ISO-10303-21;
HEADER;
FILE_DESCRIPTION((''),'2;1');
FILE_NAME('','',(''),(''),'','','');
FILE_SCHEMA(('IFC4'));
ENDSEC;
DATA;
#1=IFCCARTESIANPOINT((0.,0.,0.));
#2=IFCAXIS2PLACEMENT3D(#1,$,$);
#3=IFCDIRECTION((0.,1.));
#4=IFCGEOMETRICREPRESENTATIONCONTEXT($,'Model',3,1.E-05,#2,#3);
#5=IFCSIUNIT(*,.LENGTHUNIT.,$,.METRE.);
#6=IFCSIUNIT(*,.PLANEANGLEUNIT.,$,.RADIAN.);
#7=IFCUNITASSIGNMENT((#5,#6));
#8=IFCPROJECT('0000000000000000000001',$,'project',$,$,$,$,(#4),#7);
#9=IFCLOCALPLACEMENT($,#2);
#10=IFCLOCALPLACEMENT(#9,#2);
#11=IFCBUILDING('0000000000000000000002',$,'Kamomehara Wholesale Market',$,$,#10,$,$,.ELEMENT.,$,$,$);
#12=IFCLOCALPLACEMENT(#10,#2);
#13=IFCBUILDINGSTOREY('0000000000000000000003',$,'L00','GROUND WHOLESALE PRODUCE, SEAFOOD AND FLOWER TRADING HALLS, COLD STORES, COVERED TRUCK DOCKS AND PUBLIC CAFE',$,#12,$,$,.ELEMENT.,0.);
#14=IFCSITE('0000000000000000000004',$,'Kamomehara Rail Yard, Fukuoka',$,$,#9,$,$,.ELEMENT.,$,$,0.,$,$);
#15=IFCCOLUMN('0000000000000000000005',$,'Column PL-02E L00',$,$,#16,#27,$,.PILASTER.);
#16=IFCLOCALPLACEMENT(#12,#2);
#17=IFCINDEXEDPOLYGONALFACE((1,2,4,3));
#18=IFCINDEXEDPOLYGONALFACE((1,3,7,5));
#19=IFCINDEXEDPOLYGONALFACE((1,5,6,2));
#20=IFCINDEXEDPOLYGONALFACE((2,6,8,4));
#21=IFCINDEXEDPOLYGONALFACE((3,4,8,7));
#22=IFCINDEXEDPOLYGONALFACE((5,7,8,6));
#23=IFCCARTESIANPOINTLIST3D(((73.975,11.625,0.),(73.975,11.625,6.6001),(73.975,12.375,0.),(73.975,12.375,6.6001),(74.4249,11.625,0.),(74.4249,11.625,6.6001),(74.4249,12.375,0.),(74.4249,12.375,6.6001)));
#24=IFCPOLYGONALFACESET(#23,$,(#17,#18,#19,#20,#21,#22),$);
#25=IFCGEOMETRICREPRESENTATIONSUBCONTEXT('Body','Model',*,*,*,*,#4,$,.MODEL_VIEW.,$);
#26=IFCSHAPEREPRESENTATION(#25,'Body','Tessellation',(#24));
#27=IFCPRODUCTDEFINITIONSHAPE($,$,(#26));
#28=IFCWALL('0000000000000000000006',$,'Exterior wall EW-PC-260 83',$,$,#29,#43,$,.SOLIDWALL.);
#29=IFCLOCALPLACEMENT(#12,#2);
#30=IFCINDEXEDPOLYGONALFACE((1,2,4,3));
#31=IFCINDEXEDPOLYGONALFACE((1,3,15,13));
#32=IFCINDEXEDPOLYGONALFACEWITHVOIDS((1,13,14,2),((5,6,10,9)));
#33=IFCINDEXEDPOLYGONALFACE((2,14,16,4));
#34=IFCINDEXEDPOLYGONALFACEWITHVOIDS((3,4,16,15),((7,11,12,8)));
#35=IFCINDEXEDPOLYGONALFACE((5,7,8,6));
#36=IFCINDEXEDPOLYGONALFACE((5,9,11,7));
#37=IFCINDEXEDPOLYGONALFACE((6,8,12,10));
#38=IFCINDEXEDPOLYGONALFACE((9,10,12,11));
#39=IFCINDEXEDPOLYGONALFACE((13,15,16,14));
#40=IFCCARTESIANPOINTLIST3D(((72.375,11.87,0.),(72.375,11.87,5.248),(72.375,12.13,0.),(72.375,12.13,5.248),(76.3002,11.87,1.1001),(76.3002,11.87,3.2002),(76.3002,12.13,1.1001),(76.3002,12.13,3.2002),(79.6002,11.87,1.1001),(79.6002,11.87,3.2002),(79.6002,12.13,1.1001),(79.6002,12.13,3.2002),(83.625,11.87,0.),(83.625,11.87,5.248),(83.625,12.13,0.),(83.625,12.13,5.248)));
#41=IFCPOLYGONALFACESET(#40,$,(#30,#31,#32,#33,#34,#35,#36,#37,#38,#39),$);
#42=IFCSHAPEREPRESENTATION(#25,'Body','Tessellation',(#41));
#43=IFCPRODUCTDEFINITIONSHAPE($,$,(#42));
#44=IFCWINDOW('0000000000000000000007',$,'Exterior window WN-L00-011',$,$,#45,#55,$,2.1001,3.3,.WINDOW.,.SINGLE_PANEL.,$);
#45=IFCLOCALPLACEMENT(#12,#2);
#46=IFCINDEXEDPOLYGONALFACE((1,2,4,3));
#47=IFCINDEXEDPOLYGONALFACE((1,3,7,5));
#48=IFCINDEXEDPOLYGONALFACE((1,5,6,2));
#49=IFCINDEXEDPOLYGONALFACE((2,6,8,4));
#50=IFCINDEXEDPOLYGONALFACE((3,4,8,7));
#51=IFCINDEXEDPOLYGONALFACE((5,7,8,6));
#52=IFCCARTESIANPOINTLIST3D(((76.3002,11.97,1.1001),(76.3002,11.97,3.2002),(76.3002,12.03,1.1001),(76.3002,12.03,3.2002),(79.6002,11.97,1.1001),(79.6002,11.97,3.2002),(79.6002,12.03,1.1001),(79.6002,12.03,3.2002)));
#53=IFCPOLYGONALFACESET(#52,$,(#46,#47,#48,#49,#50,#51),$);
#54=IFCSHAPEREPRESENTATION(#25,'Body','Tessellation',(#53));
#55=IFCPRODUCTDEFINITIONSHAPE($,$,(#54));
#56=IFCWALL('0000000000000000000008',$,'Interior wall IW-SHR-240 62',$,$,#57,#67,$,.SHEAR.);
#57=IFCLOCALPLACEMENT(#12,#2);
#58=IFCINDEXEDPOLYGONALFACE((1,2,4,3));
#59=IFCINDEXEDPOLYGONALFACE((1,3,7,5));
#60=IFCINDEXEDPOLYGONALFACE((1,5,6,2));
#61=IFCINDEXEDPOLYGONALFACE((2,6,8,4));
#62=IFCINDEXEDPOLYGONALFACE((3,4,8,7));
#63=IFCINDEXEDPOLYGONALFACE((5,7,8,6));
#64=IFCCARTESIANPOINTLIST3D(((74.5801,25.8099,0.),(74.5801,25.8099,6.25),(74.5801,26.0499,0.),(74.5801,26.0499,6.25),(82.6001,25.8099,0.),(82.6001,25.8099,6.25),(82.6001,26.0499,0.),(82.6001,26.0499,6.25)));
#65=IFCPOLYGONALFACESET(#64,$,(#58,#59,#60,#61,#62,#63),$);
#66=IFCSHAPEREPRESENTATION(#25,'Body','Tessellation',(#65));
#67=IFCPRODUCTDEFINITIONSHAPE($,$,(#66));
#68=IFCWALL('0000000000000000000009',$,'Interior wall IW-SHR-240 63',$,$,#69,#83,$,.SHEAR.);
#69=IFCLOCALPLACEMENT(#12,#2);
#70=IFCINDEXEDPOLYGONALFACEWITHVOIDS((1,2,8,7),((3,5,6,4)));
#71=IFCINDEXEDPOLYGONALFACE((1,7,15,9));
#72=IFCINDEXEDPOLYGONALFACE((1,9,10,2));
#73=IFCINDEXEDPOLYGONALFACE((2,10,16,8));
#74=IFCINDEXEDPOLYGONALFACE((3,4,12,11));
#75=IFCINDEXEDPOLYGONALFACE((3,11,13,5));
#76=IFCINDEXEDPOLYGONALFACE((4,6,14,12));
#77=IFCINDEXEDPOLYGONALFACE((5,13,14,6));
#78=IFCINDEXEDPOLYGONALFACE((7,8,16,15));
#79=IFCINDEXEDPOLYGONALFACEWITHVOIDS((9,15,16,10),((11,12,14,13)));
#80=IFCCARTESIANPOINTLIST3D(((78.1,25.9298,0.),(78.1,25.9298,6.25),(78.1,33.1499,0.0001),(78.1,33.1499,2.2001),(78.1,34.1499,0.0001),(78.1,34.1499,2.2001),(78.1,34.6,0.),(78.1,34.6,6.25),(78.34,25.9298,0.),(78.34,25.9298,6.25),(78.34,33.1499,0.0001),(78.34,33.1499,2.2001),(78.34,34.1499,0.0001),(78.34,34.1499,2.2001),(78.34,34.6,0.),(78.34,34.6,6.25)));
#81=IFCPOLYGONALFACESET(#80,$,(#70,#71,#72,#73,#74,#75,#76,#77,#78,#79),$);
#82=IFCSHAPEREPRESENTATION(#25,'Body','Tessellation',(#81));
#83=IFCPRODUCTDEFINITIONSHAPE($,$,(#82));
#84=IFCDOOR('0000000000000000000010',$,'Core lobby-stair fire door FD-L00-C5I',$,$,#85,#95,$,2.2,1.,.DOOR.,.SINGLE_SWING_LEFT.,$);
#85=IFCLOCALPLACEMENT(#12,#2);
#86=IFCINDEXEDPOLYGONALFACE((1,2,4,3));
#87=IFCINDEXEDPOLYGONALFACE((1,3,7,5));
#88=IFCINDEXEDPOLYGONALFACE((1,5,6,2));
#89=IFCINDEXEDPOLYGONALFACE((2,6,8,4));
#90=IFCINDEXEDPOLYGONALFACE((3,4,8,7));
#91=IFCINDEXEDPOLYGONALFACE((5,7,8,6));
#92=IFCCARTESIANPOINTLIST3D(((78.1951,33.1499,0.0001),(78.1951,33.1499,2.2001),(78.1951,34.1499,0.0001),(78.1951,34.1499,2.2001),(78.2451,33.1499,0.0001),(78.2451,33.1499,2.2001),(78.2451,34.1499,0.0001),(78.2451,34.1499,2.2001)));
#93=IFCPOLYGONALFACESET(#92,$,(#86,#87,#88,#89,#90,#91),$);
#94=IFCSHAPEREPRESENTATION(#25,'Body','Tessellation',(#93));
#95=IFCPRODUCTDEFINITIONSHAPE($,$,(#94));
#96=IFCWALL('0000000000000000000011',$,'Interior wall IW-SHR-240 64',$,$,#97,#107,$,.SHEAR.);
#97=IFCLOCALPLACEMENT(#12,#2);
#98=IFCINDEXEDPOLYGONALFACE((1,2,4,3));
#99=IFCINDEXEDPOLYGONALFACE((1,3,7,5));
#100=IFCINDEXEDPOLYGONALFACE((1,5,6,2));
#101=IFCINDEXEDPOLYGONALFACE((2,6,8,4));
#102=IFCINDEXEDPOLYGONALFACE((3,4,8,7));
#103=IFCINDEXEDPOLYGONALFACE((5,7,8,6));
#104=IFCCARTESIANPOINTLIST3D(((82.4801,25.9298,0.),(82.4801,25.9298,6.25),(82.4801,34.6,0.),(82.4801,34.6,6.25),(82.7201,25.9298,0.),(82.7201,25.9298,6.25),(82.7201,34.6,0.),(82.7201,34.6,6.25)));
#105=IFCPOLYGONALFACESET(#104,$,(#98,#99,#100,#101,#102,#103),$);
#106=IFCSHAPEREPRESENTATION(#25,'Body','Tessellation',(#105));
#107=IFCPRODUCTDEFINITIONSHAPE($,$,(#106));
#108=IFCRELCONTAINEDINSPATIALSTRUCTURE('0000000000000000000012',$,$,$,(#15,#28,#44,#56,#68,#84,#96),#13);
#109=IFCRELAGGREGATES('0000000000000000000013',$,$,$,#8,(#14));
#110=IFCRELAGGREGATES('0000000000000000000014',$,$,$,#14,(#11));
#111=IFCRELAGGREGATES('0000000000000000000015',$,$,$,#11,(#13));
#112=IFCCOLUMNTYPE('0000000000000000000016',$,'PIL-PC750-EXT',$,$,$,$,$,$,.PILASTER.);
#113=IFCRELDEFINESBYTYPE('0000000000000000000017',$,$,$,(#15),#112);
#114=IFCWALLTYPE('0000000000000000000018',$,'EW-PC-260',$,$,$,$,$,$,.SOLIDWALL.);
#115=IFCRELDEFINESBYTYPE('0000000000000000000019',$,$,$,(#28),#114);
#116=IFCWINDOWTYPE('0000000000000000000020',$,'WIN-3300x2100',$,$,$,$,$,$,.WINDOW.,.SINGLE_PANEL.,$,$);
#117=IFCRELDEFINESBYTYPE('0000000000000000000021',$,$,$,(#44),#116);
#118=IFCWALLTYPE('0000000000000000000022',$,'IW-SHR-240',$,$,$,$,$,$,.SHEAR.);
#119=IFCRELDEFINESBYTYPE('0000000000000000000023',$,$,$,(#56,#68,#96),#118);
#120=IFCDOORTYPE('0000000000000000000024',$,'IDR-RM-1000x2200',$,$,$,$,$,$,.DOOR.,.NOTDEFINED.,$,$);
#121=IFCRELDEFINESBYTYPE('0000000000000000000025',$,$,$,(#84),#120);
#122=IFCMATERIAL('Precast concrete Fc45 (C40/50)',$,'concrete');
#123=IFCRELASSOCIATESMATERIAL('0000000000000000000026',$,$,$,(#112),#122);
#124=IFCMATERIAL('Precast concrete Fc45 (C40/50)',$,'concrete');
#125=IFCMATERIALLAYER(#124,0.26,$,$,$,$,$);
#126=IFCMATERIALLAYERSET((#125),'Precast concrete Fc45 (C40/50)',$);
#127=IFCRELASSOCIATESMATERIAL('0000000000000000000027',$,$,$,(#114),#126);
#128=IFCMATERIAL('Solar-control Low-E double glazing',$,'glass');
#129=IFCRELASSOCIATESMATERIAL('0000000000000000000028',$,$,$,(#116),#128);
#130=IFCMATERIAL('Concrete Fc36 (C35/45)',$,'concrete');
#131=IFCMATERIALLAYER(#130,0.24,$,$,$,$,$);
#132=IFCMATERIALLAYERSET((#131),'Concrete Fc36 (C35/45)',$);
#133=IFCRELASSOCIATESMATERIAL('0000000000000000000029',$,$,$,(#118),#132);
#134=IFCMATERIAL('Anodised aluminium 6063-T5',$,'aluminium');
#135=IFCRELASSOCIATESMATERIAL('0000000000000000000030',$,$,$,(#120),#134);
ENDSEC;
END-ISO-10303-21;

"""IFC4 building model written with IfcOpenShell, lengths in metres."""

from ifc_helpers import new_model, si_unit, direction, frame, frame_2d, origin, origin_2d, place, context, subcontext, project, spatial, rectangle, extrude, material, layer, layer_set, material_profile, profile_set, type_object, element, fill, save


model = new_model("IFC4")

# Units and contexts
model_context = context("Model", 3, precision=1e-05, world=origin(), true_north=direction((0.0, 1.0)))
body_context = subcontext(model_context, "Body", "Model", "MODEL_VIEW")
ifc_project = project(units=[si_unit("LENGTHUNIT", "METRE"), si_unit("PLANEANGLEUNIT", "RADIAN")], contexts=[model_context])

# Site, building, storey
site_placement = place(None, origin())
site = spatial("IfcSite", under=ifc_project, at=site_placement, Name="Kamomehara Rail Yard, Fukuoka", CompositionType="ELEMENT", RefElevation=0.0)
building_placement = place(site_placement, origin())
building = spatial("IfcBuilding", under=site, at=building_placement, Name="Kamomehara Wholesale Market", CompositionType="ELEMENT")
storey_placement = place(building_placement, origin())
storey = spatial("IfcBuildingStorey", under=building, at=storey_placement, Name="L00", Description="GROUND WHOLESALE PRODUCE, SEAFOOD AND FLOWER TRADING HALLS, COLD STORES, COVERED TRUCK DOCKS AND PUBLIC CAFE", CompositionType="ELEMENT", Elevation=0.0)

# Column
ifc_material_1 = material(Name="Precast concrete Fc45 (C40/50)", Category="concrete")
ifc_material_profile_1 = material_profile(ifc_material_1, rectangle(XDim=0.45, YDim=0.75, at=origin_2d()), Name="PC-PIL-450x750")
ifc_profile_set_1 = profile_set([ifc_material_profile_1], Name="Precast concrete Fc45 (C40/50)")
column_type_1 = type_object("IfcColumnType", Name="PIL-PC750-EXT", PredefinedType="PILASTER", material=ifc_profile_set_1)
column_placement = place(storey_placement, frame((74.2, 12.0, 0.0), z_axis=(0.0, 0.0, 1.0), x_axis=(1.0, 0.0, 0.0)))
element("IfcColumn", 1, at=column_placement, inside=storey, type_object=column_type_1, Name="Column PL-02E L00", PredefinedType="PILASTER", context=body_context, shape_type="SweptSolid", body=[
    extrude(rectangle(XDim=0.45, YDim=0.75, at=origin_2d()), origin(), (0.0, 0.0, 1.0), 6.6001),
])

# Wall, opening, window
ifc_material_2 = material(Name="Precast concrete Fc45 (C40/50)", Category="concrete")
ifc_layer_1 = layer(ifc_material_2, 0.26)
ifc_layer_set_1 = layer_set([ifc_layer_1], Name="Precast concrete Fc45 (C40/50)")
wall_type_1 = type_object("IfcWallType", Name="EW-PC-260", PredefinedType="SOLIDWALL", material=ifc_layer_set_1)
wall_1_placement = place(storey_placement, frame((83.625, 12.0, 0.0), z_axis=(0.0, 0.0, 1.0), x_axis=(-1.0, 0.0, 0.0)))
wall_1 = element("IfcWall", 2, at=wall_1_placement, inside=storey, type_object=wall_type_1, Name="Exterior wall EW-PC-260 83", PredefinedType="SOLIDWALL", context=body_context, shape_type="SweptSolid", body=[
    extrude(rectangle(XDim=11.25, YDim=0.26, at=frame_2d((5.625, 0.0))), origin(), (0.0, 0.0, 1.0), 5.248),
])
opening_1_placement = place(wall_1_placement, frame((4.0249, 0.0, 1.1001)))
opening_1 = element("IfcOpeningElement", 3, at=opening_1_placement, cuts=wall_1, PredefinedType="OPENING", context=body_context, shape_type="SweptSolid", body=[
    extrude(rectangle(XDim=3.3, YDim=2.1001, at=frame_2d((1.6499, 1.05))), frame((0.0, 0.145, 0.0), z_axis=(0.0, -1.0, 0.0), x_axis=(1.0, 0.0, 0.0)), (0.0, 0.0, 1.0), 0.2898),
])
ifc_material_3 = material(Name="Solar-control Low-E double glazing", Category="glass")
window_type = type_object("IfcWindowType", Name="WIN-3300x2100", PartitioningType="SINGLE_PANEL", PredefinedType="WINDOW", material=ifc_material_3)
window_placement = place(opening_1_placement, origin())
window = element("IfcWindow", 4, at=window_placement, inside=storey, type_object=window_type, Name="Exterior window WN-L00-011", OverallHeight=2.1001, OverallWidth=3.3, PartitioningType="SINGLE_PANEL", PredefinedType="WINDOW", context=body_context, shape_type="SweptSolid", body=[
    extrude(rectangle(XDim=3.3, YDim=2.1001, at=frame_2d((1.6499, 1.05))), frame((0.0, 0.03, 0.0), z_axis=(0.0, -1.0, 0.0), x_axis=(1.0, 0.0, 0.0)), (0.0, 0.0, 1.0), 0.0601),
])
fill(opening_1, window)

# Wall
ifc_material_4 = material(Name="Concrete Fc36 (C35/45)", Category="concrete")
ifc_layer_2 = layer(ifc_material_4, 0.24)
ifc_layer_set_2 = layer_set([ifc_layer_2], Name="Concrete Fc36 (C35/45)")
wall_type_2 = type_object("IfcWallType", Name="IW-SHR-240", PredefinedType="SHEAR", material=ifc_layer_set_2)
wall_2_placement = place(storey_placement, frame((74.5801, 25.9299, 0.0), z_axis=(0.0, 0.0, 1.0), x_axis=(1.0, 0.0, 0.0)))
element("IfcWall", 5, at=wall_2_placement, inside=storey, type_object=wall_type_2, Name="Interior wall IW-SHR-240 62", PredefinedType="SHEAR", context=body_context, shape_type="SweptSolid", body=[
    extrude(rectangle(XDim=8.02, YDim=0.24, at=frame_2d((4.01, 0.0))), origin(), (0.0, 0.0, 1.0), 6.25),
])

# Wall, opening, door
wall_3_placement = place(storey_placement, frame((78.22, 25.9299, 0.0), z_axis=(0.0, 0.0, 1.0), x_axis=(0.0, 1.0, 0.0)))
wall_3 = element("IfcWall", 6, at=wall_3_placement, inside=storey, type_object=wall_type_2, Name="Interior wall IW-SHR-240 63", PredefinedType="SHEAR", context=body_context, shape_type="SweptSolid", body=[
    extrude(rectangle(XDim=8.6702, YDim=0.24, at=frame_2d((4.335, 0.0))), origin(), (0.0, 0.0, 1.0), 6.25),
])
opening_2_placement = place(wall_3_placement, frame((7.22, 0.0, 0.0)))
opening_2 = element("IfcOpeningElement", 7, at=opening_2_placement, cuts=wall_3, PredefinedType="OPENING", context=body_context, shape_type="SweptSolid", body=[
    extrude(rectangle(XDim=1.0, YDim=2.2, at=frame_2d((0.5, 1.1001))), frame((0.0, 0.1348, 0.0), z_axis=(0.0, -1.0, 0.0), x_axis=(1.0, 0.0, 0.0)), (0.0, 0.0, 1.0), 0.2698),
])
ifc_material_5 = material(Name="Anodised aluminium 6063-T5", Category="aluminium")
door_type = type_object("IfcDoorType", Name="IDR-RM-1000x2200", OperationType="NOTDEFINED", PredefinedType="DOOR", material=ifc_material_5)
door_placement = place(opening_2_placement, origin())
door = element("IfcDoor", 8, at=door_placement, inside=storey, type_object=door_type, Name="Core lobby-stair fire door FD-L00-C5I", OperationType="SINGLE_SWING_LEFT", OverallHeight=2.2, OverallWidth=1.0, PredefinedType="DOOR", context=body_context, shape_type="SweptSolid", body=[
    extrude(rectangle(XDim=1.0, YDim=2.2, at=frame_2d((0.5, 1.1001))), frame((0.0, 0.0249, 0.0), z_axis=(0.0, -1.0, 0.0), x_axis=(1.0, 0.0, 0.0)), (0.0, 0.0, 1.0), 0.05),
])
fill(opening_2, door)

# Wall
wall_4_placement = place(storey_placement, frame((82.6001, 25.9299, 0.0), z_axis=(0.0, 0.0, 1.0), x_axis=(0.0, 1.0, 0.0)))
element("IfcWall", 9, at=wall_4_placement, inside=storey, type_object=wall_type_2, Name="Interior wall IW-SHR-240 64", PredefinedType="SHEAR", context=body_context, shape_type="SweptSolid", body=[
    extrude(rectangle(XDim=8.6702, YDim=0.24, at=frame_2d((4.335, 0.0))), origin(), (0.0, 0.0, 1.0), 6.25),
])

save(model, "model.ifc")
